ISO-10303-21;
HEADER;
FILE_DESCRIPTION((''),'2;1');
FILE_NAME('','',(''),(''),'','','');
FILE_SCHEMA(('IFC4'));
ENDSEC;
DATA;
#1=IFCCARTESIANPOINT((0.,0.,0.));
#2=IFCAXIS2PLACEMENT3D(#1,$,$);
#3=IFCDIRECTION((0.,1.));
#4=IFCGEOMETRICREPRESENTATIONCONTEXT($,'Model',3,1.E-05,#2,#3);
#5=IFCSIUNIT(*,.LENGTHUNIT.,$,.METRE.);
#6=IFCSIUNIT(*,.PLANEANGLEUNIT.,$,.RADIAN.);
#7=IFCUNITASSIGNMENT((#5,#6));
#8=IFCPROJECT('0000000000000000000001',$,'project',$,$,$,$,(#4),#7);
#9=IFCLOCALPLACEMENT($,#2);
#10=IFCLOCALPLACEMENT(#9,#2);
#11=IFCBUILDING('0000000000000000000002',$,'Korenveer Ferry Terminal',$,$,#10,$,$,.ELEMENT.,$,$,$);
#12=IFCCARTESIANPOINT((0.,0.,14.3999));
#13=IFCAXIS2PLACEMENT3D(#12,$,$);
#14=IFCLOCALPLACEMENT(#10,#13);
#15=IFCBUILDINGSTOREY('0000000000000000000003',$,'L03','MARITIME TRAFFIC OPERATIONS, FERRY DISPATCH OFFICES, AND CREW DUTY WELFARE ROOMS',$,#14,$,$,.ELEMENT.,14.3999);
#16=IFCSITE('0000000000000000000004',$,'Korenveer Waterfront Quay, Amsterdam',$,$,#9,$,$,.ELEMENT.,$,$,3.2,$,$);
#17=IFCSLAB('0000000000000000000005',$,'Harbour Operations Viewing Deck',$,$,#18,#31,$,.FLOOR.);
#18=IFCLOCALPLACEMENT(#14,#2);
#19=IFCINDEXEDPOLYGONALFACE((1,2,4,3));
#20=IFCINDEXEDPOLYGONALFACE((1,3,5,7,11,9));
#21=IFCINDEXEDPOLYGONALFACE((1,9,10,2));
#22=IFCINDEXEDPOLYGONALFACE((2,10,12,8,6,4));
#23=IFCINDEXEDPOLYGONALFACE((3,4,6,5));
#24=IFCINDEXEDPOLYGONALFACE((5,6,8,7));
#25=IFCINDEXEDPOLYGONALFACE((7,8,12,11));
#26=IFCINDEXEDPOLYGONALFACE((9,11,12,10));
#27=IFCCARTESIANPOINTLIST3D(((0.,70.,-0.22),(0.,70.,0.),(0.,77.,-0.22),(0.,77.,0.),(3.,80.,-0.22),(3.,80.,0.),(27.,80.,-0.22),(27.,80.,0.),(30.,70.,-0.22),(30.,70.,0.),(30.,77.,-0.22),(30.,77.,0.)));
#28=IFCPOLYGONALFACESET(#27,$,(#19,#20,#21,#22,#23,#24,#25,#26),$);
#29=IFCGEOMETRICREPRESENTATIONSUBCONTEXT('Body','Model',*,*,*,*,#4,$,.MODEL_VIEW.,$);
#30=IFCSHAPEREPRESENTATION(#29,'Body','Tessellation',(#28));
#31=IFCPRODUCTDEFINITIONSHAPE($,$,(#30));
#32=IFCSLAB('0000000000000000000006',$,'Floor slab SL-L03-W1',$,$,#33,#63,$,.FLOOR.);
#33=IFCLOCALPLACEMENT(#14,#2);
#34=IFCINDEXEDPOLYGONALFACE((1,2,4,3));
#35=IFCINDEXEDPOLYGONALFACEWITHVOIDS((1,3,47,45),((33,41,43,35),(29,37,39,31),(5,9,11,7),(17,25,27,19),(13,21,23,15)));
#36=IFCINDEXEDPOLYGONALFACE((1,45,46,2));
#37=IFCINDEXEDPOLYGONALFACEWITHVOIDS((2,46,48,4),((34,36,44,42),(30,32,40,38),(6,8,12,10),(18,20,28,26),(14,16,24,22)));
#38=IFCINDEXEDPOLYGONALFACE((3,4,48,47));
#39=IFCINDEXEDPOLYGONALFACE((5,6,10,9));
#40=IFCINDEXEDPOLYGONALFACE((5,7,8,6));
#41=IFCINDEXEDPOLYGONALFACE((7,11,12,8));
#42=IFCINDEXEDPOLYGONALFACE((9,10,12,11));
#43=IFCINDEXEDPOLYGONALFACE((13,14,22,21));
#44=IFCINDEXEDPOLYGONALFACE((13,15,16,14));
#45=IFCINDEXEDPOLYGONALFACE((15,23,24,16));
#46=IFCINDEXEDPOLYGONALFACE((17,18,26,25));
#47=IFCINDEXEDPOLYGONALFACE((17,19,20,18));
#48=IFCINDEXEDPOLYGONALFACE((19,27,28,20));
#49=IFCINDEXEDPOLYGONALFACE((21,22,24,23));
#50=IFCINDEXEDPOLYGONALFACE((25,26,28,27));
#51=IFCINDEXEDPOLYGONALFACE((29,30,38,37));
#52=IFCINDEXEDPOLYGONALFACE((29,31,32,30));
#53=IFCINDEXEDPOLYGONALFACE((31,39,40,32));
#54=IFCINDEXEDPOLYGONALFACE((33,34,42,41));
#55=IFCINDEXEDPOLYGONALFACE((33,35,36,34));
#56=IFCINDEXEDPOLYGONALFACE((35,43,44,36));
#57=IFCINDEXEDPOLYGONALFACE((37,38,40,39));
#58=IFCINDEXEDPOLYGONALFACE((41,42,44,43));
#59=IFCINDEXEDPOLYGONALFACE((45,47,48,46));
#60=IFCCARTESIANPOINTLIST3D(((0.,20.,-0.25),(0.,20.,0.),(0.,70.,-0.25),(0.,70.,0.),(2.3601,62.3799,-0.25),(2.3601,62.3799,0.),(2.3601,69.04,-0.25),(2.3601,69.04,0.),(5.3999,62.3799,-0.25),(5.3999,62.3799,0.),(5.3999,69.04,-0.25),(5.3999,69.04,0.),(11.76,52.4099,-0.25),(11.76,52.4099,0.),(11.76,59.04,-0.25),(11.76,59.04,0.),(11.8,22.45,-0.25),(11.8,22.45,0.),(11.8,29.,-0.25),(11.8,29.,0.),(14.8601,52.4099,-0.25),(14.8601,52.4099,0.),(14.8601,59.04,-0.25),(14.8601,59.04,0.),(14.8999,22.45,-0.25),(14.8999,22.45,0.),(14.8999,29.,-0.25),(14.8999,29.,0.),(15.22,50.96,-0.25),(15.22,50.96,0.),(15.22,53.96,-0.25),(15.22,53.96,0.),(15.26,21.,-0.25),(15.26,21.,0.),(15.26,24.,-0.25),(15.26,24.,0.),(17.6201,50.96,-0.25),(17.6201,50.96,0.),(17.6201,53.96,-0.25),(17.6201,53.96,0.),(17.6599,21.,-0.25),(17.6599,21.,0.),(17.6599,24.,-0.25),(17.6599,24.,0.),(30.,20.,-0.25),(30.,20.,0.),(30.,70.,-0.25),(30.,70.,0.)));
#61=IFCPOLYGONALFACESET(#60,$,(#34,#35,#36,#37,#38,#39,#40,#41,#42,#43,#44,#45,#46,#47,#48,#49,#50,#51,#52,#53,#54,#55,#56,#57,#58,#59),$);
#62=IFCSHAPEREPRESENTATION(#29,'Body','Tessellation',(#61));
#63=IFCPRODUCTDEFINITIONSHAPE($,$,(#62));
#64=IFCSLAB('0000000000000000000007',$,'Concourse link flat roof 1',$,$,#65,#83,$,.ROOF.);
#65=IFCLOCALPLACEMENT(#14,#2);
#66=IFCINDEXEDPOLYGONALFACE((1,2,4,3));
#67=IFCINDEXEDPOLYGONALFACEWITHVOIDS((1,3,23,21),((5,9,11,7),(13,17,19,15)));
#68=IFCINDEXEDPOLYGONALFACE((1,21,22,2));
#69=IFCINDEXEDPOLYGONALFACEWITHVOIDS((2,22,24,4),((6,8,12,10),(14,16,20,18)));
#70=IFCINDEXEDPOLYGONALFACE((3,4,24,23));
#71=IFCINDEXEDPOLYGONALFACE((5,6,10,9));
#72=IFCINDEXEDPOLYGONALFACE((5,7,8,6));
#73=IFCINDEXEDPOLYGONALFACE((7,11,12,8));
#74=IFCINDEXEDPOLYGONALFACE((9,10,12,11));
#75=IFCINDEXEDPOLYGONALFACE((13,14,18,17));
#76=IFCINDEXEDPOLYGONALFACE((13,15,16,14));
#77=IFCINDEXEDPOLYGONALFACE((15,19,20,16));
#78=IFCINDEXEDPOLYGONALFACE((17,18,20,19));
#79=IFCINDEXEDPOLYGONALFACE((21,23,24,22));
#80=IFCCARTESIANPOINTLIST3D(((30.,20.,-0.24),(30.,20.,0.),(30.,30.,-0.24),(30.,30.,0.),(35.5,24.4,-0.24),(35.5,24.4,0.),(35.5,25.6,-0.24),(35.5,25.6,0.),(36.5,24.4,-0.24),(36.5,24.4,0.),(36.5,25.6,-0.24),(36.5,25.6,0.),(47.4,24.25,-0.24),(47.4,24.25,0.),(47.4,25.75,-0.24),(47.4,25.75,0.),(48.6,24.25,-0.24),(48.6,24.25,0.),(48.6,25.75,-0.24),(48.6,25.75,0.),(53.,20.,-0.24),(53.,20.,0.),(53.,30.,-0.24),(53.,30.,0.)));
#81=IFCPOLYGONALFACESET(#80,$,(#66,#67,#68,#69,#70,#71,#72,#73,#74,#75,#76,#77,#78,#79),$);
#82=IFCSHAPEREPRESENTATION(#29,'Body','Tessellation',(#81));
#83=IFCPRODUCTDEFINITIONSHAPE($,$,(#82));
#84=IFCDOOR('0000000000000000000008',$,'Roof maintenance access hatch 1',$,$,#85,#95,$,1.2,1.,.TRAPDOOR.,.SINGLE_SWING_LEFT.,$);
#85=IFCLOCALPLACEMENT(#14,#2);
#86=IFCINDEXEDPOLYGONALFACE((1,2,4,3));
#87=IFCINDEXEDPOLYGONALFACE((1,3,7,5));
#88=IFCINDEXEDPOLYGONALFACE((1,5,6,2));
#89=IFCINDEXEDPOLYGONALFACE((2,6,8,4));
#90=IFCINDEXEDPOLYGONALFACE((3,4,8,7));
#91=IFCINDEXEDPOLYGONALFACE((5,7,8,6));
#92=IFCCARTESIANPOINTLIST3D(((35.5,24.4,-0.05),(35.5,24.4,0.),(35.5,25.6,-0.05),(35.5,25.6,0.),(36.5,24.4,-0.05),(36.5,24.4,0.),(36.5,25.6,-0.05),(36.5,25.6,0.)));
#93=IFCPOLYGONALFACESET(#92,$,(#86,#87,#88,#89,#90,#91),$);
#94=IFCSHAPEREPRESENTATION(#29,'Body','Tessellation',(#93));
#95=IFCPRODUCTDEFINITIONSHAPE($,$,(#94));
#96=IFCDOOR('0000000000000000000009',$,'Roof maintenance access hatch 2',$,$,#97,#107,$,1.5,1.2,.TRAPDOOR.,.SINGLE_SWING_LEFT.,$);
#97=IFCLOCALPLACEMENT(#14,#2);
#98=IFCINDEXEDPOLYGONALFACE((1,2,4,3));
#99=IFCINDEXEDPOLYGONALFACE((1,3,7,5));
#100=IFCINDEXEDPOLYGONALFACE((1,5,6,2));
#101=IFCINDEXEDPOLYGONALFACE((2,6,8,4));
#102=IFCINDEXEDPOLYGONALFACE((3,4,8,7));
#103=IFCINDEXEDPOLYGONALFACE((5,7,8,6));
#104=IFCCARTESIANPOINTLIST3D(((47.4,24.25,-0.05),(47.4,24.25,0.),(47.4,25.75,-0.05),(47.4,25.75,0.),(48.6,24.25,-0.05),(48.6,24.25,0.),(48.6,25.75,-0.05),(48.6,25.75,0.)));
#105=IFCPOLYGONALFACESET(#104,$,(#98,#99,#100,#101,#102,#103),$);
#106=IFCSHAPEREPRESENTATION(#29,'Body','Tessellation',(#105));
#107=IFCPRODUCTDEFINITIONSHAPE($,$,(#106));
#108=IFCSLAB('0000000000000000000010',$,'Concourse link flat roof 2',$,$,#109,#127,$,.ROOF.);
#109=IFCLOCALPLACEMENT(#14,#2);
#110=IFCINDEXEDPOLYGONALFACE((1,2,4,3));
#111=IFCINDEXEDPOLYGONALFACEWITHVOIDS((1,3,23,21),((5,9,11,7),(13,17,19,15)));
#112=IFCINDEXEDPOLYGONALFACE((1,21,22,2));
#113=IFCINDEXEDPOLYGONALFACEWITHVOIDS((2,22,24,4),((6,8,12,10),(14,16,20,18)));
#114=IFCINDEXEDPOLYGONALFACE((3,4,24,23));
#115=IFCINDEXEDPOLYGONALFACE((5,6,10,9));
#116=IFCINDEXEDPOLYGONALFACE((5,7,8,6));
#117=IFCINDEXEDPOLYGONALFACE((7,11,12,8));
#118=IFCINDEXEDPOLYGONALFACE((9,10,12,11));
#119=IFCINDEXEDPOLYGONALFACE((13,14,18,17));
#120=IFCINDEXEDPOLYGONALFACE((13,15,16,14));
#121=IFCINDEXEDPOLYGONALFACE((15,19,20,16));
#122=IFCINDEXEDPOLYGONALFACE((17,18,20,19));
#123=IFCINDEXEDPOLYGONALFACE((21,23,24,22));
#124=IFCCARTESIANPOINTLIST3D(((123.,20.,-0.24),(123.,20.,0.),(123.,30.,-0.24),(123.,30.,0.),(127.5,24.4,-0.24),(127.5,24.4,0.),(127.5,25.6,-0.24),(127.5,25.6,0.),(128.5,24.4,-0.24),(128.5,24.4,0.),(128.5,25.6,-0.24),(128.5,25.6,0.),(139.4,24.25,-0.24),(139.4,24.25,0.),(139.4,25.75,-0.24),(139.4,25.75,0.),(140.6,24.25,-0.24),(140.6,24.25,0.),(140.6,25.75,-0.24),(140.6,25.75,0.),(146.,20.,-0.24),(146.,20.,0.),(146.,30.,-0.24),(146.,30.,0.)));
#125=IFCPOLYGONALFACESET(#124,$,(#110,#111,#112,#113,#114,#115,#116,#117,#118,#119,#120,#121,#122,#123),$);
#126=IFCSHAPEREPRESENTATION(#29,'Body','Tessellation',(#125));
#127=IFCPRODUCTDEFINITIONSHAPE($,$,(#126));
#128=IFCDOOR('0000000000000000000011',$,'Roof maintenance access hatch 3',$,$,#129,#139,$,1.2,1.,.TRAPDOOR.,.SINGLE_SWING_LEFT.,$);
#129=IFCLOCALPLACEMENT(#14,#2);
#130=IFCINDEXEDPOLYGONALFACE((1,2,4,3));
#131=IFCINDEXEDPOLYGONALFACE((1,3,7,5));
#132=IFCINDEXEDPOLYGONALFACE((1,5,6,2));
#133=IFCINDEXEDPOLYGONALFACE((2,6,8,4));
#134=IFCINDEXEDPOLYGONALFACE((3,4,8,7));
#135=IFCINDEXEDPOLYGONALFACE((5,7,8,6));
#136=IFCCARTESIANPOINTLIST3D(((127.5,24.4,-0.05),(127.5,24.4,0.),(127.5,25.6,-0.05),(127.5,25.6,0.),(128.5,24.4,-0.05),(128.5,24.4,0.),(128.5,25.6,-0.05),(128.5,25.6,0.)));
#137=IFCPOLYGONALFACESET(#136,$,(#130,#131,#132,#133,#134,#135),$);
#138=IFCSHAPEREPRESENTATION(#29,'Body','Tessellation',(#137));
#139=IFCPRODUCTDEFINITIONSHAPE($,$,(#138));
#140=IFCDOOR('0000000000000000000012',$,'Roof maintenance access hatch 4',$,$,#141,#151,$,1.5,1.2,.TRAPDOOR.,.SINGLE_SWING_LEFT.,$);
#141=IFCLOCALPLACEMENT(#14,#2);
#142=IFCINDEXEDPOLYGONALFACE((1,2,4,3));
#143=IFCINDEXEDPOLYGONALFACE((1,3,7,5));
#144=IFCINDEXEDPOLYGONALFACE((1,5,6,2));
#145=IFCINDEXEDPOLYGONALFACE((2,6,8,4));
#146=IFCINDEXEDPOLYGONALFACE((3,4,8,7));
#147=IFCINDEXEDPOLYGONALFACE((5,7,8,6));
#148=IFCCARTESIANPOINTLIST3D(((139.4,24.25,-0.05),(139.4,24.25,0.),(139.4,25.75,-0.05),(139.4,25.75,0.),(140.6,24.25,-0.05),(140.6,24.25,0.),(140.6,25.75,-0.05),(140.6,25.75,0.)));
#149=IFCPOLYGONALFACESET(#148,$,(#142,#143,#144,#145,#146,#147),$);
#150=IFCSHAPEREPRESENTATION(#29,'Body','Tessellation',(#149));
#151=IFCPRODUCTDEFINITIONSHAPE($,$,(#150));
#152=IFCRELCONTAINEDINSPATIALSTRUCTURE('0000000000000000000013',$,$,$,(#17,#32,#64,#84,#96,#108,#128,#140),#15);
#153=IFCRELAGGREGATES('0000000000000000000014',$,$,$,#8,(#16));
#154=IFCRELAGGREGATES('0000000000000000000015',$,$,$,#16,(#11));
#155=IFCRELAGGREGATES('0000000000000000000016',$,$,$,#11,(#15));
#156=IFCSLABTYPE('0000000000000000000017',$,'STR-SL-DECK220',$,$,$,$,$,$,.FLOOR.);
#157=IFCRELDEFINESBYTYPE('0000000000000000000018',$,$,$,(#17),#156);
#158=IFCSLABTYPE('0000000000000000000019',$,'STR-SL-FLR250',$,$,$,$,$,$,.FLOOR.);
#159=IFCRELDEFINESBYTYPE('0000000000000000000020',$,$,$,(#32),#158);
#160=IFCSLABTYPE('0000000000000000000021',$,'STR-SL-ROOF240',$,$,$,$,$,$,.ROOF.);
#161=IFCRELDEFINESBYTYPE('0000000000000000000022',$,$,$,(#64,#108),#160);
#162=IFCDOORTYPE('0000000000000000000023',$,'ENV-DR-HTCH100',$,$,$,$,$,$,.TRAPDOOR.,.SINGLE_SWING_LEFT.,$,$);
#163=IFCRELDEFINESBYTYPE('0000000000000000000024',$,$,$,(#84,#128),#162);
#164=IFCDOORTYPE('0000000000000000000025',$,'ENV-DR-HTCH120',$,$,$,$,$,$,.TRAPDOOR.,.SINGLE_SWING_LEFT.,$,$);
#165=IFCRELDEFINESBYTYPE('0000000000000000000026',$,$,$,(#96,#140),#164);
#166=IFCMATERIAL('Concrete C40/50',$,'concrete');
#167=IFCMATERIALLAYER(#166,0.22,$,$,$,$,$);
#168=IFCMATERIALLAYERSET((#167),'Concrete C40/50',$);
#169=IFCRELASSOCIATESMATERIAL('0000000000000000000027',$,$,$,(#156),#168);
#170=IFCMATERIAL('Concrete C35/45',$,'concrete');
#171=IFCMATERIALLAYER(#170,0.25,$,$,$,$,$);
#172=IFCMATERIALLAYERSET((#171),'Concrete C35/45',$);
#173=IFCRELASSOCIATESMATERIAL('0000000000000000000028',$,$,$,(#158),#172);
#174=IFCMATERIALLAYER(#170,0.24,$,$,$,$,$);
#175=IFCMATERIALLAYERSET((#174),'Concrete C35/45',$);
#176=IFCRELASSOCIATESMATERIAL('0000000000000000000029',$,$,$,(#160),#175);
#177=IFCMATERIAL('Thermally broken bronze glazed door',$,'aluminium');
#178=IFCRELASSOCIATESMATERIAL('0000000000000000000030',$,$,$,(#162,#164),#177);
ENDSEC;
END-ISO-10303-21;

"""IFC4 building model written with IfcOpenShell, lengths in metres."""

from ifc_helpers import new_model, si_unit, direction, frame, origin, origin_2d, place, context, subcontext, project, spatial, polyline, rectangle, outline, extrude, material, layer, layer_set, type_object, element, fill, save


model = new_model("IFC4")

# Units and contexts
model_context = context("Model", 3, precision=1e-05, world=origin(), true_north=direction((0.0, 1.0)))
body_context = subcontext(model_context, "Body", "Model", "MODEL_VIEW")
ifc_project = project(units=[si_unit("LENGTHUNIT", "METRE"), si_unit("PLANEANGLEUNIT", "RADIAN")], contexts=[model_context])

# Site, building, storey
site_placement = place(None, origin())
site = spatial("IfcSite", under=ifc_project, at=site_placement, Name="Korenveer Waterfront Quay, Amsterdam", CompositionType="ELEMENT", RefElevation=3.2)
building_placement = place(site_placement, origin())
building = spatial("IfcBuilding", under=site, at=building_placement, Name="Korenveer Ferry Terminal", CompositionType="ELEMENT")
storey_placement = place(building_placement, frame((0.0, 0.0, 14.3999)))
storey = spatial("IfcBuildingStorey", under=building, at=storey_placement, Name="L03", Description="MARITIME TRAFFIC OPERATIONS, FERRY DISPATCH OFFICES, AND CREW DUTY WELFARE ROOMS", CompositionType="ELEMENT", Elevation=14.3999)

# Shared definitions
ifc_material_1 = material(Name="Concrete C40/50", Category="concrete")

# Slabs
ifc_layer_1 = layer(ifc_material_1, 0.22)
ifc_layer_set_1 = layer_set([ifc_layer_1], Name="Concrete C40/50")
slab_type_1 = type_object("IfcSlabType", Name="STR-SL-DECK220", PredefinedType="FLOOR", material=ifc_layer_set_1)
slab_1_placement = place(storey_placement, frame((0.0, 0.0, -0.22)))
element("IfcSlab", 1, at=slab_1_placement, inside=storey, type_object=slab_type_1, Name="Harbour Operations Viewing Deck", PredefinedType="FLOOR", context=body_context, shape_type="SweptSolid", body=[
    extrude(outline(polyline([(0.0, 70.0), (30.0, 70.0), (30.0, 77.0), (27.0, 80.0), (3.0, 80.0), (0.0, 77.0), (0.0, 70.0)])), origin(), (0.0, 0.0, 1.0), 0.22),
])
ifc_material_2 = material(Name="Concrete C35/45", Category="concrete")
ifc_layer_2 = layer(ifc_material_2, 0.25)
ifc_layer_set_2 = layer_set([ifc_layer_2], Name="Concrete C35/45")
slab_type_2 = type_object("IfcSlabType", Name="STR-SL-FLR250", PredefinedType="FLOOR", material=ifc_layer_set_2)
slab_2_placement = place(storey_placement, frame((0.0, 0.0, -0.25)))
element("IfcSlab", 2, at=slab_2_placement, inside=storey, type_object=slab_type_2, Name="Floor slab SL-L03-W1", PredefinedType="FLOOR", context=body_context, shape_type="SweptSolid", body=[
    extrude(outline(polyline([(0.0, 20.0), (30.0, 20.0), (30.0, 70.0), (0.0, 70.0), (0.0, 20.0)]), holes=[polyline([(14.8999, 22.45), (14.8999, 29.0), (11.8, 29.0), (11.8, 22.45), (14.8999, 22.45)]), polyline([(15.26, 21.0), (17.6599, 21.0), (17.6599, 24.0), (15.26, 24.0), (15.26, 21.0)]), polyline([(14.8601, 52.4099), (14.8601, 59.04), (11.76, 59.04), (11.76, 52.4099), (14.8601, 52.4099)]), polyline([(15.22, 50.96), (17.6201, 50.96), (17.6201, 53.96), (15.22, 53.96), (15.22, 50.96)]), polyline([(5.3999, 62.3799), (5.3999, 69.04), (2.3601, 69.04), (2.3601, 62.3799), (5.3999, 62.3799)])]), origin(), (0.0, 0.0, 1.0), 0.25),
])

# Slabs, openings, doors
ifc_layer_3 = layer(ifc_material_2, 0.24)
ifc_layer_set_3 = layer_set([ifc_layer_3], Name="Concrete C35/45")
slab_type_3 = type_object("IfcSlabType", Name="STR-SL-ROOF240", PredefinedType="ROOF", material=ifc_layer_set_3)
slab_3_placement = place(storey_placement, frame((0.0, 0.0, -0.24)))
slab_3 = element("IfcSlab", 3, at=slab_3_placement, inside=storey, type_object=slab_type_3, Name="Concourse link flat roof 1", PredefinedType="ROOF", context=body_context, shape_type="SweptSolid", body=[
    extrude(outline(polyline([(30.0, 20.0), (53.0, 20.0), (53.0, 30.0), (30.0, 30.0), (30.0, 20.0)])), origin(), (0.0, 0.0, 1.0), 0.24),
])
opening_1_placement = place(slab_3_placement, frame((36.0, 25.0, -0.01)))
opening_1 = element("IfcOpeningElement", 4, at=opening_1_placement, cuts=slab_3, PredefinedType="OPENING", context=body_context, shape_type="SweptSolid", body=[
    extrude(rectangle(XDim=1.0, YDim=1.2, at=origin_2d()), origin(), (0.0, 0.0, 1.0), 0.26),
])
opening_2_placement = place(slab_3_placement, frame((48.0, 25.0, -0.01)))
opening_2 = element("IfcOpeningElement", 5, at=opening_2_placement, cuts=slab_3, PredefinedType="OPENING", context=body_context, shape_type="SweptSolid", body=[
    extrude(rectangle(XDim=1.2, YDim=1.5, at=origin_2d()), origin(), (0.0, 0.0, 1.0), 0.26),
])
ifc_material_3 = material(Name="Thermally broken bronze glazed door", Category="aluminium")
door_type_1 = type_object("IfcDoorType", Name="ENV-DR-HTCH100", OperationType="SINGLE_SWING_LEFT", PredefinedType="TRAPDOOR", material=ifc_material_3)
door_1_placement = place(slab_3_placement, frame((36.0, 25.0, 0.1899)))
door_1 = element("IfcDoor", 6, at=door_1_placement, inside=storey, type_object=door_type_1, Name="Roof maintenance access hatch 1", OperationType="SINGLE_SWING_LEFT", OverallHeight=1.2, OverallWidth=1.0, PredefinedType="TRAPDOOR", context=body_context, shape_type="SweptSolid", body=[
    extrude(rectangle(XDim=1.0, YDim=1.2, at=origin_2d()), origin(), (0.0, 0.0, 1.0), 0.05),
])
fill(opening_1, door_1)
door_type_2 = type_object("IfcDoorType", Name="ENV-DR-HTCH120", OperationType="SINGLE_SWING_LEFT", PredefinedType="TRAPDOOR", material=ifc_material_3)
door_2_placement = place(slab_3_placement, frame((48.0, 25.0, 0.1899)))
door_2 = element("IfcDoor", 7, at=door_2_placement, inside=storey, type_object=door_type_2, Name="Roof maintenance access hatch 2", OperationType="SINGLE_SWING_LEFT", OverallHeight=1.5, OverallWidth=1.2, PredefinedType="TRAPDOOR", context=body_context, shape_type="SweptSolid", body=[
    extrude(rectangle(XDim=1.2, YDim=1.5, at=origin_2d()), origin(), (0.0, 0.0, 1.0), 0.05),
])
fill(opening_2, door_2)
slab_4_placement = place(storey_placement, frame((0.0, 0.0, -0.24)))
slab_4 = element("IfcSlab", 8, at=slab_4_placement, inside=storey, type_object=slab_type_3, Name="Concourse link flat roof 2", PredefinedType="ROOF", context=body_context, shape_type="SweptSolid", body=[
    extrude(outline(polyline([(123.0, 20.0), (146.0, 20.0), (146.0, 30.0), (123.0, 30.0), (123.0, 20.0)])), origin(), (0.0, 0.0, 1.0), 0.24),
])
opening_3_placement = place(slab_4_placement, frame((128.0, 25.0, -0.01)))
opening_3 = element("IfcOpeningElement", 9, at=opening_3_placement, cuts=slab_4, PredefinedType="OPENING", context=body_context, shape_type="SweptSolid", body=[
    extrude(rectangle(XDim=1.0, YDim=1.2, at=origin_2d()), origin(), (0.0, 0.0, 1.0), 0.26),
])
opening_4_placement = place(slab_4_placement, frame((140.0, 25.0, -0.01)))
opening_4 = element("IfcOpeningElement", 10, at=opening_4_placement, cuts=slab_4, PredefinedType="OPENING", context=body_context, shape_type="SweptSolid", body=[
    extrude(rectangle(XDim=1.2, YDim=1.5, at=origin_2d()), origin(), (0.0, 0.0, 1.0), 0.26),
])
door_3_placement = place(slab_4_placement, frame((128.0, 25.0, 0.1899)))
door_3 = element("IfcDoor", 11, at=door_3_placement, inside=storey, type_object=door_type_1, Name="Roof maintenance access hatch 3", OperationType="SINGLE_SWING_LEFT", OverallHeight=1.2, OverallWidth=1.0, PredefinedType="TRAPDOOR", context=body_context, shape_type="SweptSolid", body=[
    extrude(rectangle(XDim=1.0, YDim=1.2, at=origin_2d()), origin(), (0.0, 0.0, 1.0), 0.05),
])
fill(opening_3, door_3)
door_4_placement = place(slab_4_placement, frame((140.0, 25.0, 0.1899)))
door_4 = element("IfcDoor", 12, at=door_4_placement, inside=storey, type_object=door_type_2, Name="Roof maintenance access hatch 4", OperationType="SINGLE_SWING_LEFT", OverallHeight=1.5, OverallWidth=1.2, PredefinedType="TRAPDOOR", context=body_context, shape_type="SweptSolid", body=[
    extrude(rectangle(XDim=1.2, YDim=1.5, at=origin_2d()), origin(), (0.0, 0.0, 1.0), 0.05),
])
fill(opening_4, door_4)

save(model, "model.ifc")
